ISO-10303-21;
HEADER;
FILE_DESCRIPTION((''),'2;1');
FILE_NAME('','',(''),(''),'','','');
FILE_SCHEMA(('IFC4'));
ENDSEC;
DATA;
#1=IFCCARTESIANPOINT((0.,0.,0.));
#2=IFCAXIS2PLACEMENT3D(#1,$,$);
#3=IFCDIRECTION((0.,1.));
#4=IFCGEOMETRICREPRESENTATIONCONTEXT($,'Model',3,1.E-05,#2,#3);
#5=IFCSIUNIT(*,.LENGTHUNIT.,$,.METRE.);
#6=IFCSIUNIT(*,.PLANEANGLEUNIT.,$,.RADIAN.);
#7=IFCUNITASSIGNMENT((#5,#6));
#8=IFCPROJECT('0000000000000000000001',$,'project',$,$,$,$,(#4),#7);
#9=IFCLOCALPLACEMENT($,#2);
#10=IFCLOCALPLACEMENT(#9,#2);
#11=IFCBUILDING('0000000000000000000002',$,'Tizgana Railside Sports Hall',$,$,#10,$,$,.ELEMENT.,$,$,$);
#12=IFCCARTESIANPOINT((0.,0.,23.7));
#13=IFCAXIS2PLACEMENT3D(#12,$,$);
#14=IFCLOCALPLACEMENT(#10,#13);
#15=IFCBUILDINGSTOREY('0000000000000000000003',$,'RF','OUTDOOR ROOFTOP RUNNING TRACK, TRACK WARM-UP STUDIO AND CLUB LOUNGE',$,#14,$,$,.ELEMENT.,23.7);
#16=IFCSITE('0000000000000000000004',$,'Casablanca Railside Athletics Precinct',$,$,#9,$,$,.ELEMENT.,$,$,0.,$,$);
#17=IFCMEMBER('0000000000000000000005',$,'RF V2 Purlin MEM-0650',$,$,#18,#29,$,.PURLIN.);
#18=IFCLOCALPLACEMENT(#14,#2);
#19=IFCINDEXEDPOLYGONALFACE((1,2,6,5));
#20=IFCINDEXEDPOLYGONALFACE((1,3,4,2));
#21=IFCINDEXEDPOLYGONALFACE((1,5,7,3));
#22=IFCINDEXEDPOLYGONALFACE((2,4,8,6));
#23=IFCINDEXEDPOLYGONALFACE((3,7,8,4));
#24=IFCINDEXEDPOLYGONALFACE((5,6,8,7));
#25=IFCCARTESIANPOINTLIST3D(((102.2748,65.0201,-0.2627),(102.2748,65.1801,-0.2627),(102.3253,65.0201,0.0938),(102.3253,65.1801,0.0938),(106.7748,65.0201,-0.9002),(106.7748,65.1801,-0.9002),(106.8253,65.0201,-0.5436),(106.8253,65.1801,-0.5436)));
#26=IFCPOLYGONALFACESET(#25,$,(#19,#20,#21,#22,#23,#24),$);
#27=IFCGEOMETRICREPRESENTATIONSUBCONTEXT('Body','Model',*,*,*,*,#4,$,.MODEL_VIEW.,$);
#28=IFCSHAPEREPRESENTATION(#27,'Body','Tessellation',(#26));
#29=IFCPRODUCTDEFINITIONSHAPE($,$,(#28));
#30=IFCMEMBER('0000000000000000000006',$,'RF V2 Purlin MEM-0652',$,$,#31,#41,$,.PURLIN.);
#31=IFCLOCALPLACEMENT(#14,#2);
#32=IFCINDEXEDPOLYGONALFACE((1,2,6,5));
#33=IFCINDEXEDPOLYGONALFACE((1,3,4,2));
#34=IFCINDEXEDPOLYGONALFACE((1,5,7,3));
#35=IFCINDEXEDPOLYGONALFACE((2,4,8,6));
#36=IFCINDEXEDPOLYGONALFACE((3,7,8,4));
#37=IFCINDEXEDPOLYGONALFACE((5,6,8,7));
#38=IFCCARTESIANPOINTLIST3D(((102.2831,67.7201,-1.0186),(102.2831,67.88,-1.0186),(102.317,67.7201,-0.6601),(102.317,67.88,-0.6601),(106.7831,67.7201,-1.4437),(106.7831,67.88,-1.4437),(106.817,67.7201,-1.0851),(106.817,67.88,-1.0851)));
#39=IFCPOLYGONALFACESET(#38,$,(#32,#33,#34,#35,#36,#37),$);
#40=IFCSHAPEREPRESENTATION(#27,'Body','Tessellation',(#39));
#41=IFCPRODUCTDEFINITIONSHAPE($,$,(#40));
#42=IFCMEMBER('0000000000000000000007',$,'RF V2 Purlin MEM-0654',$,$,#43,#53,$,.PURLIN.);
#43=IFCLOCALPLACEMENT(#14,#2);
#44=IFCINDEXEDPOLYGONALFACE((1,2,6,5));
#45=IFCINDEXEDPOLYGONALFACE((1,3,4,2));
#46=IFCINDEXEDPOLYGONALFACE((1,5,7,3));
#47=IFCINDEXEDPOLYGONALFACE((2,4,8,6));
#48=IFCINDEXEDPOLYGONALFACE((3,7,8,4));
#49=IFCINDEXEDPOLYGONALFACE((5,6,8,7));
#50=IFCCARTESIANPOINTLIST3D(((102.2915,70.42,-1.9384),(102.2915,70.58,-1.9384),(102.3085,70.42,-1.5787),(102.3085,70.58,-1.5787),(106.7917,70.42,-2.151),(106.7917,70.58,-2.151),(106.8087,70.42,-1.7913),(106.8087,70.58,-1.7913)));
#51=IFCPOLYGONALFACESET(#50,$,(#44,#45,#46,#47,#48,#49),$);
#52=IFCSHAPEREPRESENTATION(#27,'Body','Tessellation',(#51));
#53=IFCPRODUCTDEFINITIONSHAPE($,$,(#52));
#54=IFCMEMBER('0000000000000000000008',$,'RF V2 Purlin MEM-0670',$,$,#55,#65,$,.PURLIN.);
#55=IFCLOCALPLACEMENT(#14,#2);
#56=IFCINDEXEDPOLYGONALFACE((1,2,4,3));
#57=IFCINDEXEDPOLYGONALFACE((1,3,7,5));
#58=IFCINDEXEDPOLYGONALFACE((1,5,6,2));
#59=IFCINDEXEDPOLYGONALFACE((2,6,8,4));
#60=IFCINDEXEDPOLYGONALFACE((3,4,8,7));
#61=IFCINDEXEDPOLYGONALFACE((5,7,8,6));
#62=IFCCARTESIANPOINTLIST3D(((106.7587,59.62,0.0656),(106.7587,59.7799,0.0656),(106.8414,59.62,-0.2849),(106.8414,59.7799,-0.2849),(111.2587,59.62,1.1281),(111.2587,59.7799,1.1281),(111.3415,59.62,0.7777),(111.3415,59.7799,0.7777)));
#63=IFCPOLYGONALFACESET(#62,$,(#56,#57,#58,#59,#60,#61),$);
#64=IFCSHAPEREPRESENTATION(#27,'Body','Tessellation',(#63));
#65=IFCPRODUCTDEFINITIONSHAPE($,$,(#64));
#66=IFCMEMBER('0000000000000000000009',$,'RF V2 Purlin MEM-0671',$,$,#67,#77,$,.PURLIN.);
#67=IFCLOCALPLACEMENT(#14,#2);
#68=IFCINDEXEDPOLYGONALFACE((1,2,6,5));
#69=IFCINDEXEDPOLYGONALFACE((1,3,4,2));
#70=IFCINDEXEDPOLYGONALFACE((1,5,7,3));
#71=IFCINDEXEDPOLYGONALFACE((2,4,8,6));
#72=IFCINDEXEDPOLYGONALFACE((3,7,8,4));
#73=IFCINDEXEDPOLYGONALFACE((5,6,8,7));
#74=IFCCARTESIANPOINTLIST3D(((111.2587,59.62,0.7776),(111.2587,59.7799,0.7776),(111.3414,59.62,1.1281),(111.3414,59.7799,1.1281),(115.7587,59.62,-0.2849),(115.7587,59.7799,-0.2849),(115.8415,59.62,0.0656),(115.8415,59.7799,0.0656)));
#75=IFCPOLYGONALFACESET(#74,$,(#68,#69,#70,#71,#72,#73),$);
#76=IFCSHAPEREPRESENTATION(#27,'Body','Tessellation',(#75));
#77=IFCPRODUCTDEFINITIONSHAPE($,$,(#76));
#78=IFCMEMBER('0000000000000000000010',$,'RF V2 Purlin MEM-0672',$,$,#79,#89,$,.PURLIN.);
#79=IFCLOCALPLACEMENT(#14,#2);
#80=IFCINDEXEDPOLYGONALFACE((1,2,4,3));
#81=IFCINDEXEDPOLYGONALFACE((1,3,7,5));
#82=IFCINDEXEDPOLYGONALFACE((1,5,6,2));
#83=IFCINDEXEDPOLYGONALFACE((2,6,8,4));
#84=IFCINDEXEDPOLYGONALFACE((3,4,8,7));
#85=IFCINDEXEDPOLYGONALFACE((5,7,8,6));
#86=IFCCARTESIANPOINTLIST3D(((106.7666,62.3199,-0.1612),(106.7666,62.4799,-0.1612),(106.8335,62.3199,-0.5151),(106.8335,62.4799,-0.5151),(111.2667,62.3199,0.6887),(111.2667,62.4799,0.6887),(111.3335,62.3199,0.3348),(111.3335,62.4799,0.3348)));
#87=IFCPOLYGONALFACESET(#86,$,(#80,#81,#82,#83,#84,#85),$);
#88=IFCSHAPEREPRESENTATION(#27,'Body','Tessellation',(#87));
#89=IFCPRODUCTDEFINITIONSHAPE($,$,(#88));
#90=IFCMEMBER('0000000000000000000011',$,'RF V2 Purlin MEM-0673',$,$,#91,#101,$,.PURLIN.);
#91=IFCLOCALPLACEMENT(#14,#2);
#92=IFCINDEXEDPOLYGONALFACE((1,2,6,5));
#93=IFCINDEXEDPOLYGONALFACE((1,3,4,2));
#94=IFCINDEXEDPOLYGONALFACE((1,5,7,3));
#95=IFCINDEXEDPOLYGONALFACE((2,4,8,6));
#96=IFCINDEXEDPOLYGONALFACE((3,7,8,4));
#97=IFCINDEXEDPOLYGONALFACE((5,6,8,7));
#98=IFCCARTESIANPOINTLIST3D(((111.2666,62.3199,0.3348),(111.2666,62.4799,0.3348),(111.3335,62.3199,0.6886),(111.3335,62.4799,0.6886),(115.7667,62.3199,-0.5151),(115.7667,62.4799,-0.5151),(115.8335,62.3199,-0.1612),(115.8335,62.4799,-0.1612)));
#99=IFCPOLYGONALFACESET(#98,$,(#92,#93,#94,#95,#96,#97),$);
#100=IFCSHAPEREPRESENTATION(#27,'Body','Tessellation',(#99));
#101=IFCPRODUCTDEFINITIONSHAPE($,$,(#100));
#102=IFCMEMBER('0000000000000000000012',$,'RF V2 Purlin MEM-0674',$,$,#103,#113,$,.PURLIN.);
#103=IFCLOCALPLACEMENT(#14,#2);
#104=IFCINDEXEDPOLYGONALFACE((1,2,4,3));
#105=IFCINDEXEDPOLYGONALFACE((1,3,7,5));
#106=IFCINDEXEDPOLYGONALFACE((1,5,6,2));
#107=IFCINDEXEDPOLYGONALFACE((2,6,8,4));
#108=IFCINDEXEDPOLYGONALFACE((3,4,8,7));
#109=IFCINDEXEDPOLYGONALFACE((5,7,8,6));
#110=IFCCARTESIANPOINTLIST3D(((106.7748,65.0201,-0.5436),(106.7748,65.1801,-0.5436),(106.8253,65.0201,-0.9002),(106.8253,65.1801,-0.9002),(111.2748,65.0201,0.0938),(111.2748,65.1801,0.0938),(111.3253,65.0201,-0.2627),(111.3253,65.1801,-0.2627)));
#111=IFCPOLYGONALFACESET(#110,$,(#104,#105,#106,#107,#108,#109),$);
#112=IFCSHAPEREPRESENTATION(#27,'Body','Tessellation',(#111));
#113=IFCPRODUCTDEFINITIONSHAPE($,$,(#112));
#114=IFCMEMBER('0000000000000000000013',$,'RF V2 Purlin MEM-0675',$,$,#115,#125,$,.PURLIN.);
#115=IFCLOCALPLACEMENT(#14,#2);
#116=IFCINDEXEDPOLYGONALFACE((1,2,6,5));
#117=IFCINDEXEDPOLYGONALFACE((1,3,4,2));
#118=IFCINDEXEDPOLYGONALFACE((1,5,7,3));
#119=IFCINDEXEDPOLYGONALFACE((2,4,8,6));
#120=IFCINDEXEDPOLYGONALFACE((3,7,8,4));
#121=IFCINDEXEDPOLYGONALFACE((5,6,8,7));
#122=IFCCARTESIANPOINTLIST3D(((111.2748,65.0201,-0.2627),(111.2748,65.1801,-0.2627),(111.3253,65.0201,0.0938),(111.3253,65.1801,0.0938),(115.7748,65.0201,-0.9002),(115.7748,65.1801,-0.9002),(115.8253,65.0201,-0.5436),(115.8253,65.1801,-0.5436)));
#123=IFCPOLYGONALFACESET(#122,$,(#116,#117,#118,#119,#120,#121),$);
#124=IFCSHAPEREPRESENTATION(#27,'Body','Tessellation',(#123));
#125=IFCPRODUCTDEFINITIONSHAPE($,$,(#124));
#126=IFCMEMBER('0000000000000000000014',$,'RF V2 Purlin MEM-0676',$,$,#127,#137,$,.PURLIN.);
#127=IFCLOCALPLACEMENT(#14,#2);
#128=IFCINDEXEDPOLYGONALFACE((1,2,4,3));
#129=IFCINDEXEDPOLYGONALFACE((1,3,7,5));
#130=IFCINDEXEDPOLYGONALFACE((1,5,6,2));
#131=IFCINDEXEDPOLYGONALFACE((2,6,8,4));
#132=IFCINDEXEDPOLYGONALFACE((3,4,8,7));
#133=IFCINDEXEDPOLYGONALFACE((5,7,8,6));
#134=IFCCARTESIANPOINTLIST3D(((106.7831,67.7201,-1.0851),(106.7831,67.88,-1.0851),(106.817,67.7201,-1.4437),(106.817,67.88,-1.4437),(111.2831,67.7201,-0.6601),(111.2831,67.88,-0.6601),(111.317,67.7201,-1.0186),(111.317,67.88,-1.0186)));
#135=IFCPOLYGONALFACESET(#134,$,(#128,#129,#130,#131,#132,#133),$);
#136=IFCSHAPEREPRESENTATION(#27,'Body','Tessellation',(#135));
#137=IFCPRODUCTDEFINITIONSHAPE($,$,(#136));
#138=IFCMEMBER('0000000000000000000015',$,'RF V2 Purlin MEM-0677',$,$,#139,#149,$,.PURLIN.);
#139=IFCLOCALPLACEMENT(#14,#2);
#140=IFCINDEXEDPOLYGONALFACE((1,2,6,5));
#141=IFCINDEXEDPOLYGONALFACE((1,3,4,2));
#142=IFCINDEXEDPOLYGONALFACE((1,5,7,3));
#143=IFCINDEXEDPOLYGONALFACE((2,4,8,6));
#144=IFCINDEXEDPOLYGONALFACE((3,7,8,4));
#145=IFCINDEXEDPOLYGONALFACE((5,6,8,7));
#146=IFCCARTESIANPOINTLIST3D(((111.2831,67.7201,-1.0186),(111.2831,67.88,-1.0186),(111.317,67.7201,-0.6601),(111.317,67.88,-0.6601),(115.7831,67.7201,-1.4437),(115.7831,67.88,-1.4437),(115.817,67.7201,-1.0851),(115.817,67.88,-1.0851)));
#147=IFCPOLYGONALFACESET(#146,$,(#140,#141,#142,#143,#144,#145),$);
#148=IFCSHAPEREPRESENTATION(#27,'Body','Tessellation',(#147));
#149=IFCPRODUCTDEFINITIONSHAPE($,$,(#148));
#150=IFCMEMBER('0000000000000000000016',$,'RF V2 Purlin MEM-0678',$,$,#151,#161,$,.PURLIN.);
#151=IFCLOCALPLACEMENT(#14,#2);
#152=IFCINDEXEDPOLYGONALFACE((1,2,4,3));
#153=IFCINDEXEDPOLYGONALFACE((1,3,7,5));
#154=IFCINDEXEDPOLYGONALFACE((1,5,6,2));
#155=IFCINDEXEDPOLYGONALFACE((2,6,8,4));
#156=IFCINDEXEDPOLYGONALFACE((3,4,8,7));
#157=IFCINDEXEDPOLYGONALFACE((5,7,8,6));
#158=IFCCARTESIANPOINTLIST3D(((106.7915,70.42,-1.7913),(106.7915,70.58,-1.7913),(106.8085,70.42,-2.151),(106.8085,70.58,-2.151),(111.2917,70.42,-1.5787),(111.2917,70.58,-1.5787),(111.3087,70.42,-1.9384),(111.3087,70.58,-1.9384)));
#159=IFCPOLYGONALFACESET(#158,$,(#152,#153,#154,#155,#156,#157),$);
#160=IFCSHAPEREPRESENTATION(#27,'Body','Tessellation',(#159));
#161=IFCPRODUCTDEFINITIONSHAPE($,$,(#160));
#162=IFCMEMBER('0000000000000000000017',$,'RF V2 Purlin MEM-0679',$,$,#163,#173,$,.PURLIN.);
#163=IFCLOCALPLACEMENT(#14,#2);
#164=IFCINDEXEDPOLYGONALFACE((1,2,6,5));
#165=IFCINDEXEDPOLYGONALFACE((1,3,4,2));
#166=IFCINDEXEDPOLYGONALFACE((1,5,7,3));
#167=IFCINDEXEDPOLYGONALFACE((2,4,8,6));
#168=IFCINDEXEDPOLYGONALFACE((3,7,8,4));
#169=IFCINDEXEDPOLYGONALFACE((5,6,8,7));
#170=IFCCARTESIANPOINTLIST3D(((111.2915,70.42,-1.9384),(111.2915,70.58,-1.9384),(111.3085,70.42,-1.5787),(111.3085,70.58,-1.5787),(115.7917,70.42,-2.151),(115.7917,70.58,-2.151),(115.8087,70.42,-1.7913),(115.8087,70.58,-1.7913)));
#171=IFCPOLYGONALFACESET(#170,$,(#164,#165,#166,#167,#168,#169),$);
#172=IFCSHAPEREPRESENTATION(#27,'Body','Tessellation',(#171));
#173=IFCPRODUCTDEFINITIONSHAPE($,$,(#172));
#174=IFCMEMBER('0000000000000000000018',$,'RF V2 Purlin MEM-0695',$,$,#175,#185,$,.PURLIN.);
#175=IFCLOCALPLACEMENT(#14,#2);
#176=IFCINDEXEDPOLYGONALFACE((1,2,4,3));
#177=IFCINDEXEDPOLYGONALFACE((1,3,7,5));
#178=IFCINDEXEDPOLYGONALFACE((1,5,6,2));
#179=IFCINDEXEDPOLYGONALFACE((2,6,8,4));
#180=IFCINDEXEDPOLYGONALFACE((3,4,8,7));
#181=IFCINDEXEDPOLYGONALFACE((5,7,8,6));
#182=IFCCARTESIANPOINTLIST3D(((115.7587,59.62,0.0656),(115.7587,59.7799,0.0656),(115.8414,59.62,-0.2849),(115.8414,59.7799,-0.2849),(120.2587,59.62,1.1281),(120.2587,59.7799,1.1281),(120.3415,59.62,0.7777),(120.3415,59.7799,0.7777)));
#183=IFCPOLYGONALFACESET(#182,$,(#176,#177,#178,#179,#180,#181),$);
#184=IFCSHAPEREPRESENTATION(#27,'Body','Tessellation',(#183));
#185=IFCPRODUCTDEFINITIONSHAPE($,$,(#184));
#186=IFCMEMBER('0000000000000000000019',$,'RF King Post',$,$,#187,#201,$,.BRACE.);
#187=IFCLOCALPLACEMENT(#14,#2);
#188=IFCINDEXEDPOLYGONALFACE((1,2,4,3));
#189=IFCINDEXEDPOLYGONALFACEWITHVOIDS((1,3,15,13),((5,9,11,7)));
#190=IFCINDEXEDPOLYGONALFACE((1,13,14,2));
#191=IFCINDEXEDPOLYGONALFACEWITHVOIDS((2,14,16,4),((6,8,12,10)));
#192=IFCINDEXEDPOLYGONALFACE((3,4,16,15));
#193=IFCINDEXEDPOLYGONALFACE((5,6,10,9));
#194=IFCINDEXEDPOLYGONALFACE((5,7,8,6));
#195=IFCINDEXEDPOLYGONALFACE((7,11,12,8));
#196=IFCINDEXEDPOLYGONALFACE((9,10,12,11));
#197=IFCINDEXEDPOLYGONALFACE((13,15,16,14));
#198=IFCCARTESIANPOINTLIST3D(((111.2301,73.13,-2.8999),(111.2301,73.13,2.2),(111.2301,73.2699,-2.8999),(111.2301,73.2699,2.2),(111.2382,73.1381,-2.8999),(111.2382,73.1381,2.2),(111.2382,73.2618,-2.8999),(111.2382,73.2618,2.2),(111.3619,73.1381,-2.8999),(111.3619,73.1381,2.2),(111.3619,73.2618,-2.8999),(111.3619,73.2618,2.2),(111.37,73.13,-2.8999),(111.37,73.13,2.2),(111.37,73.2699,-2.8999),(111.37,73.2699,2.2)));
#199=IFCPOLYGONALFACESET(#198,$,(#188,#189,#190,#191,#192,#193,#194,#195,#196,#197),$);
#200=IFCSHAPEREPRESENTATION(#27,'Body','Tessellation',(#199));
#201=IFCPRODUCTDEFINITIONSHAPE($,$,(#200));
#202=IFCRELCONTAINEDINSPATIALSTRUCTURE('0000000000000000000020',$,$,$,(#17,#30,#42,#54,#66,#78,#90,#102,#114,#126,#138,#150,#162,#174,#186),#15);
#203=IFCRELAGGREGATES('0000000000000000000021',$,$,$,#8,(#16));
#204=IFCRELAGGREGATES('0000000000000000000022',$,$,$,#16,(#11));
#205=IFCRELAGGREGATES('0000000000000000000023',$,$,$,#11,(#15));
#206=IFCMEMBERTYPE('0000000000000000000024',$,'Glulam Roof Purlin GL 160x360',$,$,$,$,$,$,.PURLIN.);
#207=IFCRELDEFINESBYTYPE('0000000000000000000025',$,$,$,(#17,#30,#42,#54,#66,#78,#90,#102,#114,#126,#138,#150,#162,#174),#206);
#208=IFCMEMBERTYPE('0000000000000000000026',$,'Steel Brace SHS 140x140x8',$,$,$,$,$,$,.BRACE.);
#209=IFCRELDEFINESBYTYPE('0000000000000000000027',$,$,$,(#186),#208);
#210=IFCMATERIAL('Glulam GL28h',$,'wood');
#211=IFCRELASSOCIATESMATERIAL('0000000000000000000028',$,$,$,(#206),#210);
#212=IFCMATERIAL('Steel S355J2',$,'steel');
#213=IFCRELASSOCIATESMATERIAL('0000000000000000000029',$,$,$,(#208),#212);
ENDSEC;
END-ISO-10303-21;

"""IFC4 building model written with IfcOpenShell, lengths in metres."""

from ifc_helpers import new_model, si_unit, direction, frame, origin, origin_2d, place, context, subcontext, project, spatial, rectangle, hollow_rectangle, extrude, material, material_profile, profile_set, type_object, element, save


model = new_model("IFC4")

# Units and contexts
model_context = context("Model", 3, precision=1e-05, world=origin(), true_north=direction((0.0, 1.0)))
body_context = subcontext(model_context, "Body", "Model", "MODEL_VIEW")
ifc_project = project(units=[si_unit("LENGTHUNIT", "METRE"), si_unit("PLANEANGLEUNIT", "RADIAN")], contexts=[model_context])

# Site, building, storey
site_placement = place(None, origin())
site = spatial("IfcSite", under=ifc_project, at=site_placement, Name="Casablanca Railside Athletics Precinct", CompositionType="ELEMENT", RefElevation=0.0)
building_placement = place(site_placement, origin())
building = spatial("IfcBuilding", under=site, at=building_placement, Name="Tizgana Railside Sports Hall", CompositionType="ELEMENT")
storey_placement = place(building_placement, frame((0.0, 0.0, 23.7)))
storey = spatial("IfcBuildingStorey", under=building, at=storey_placement, Name="RF", Description="OUTDOOR ROOFTOP RUNNING TRACK, TRACK WARM-UP STUDIO AND CLUB LOUNGE", CompositionType="ELEMENT", Elevation=23.7)

# Members
ifc_material_1 = material(Name="Glulam GL28h", Category="wood")
ifc_material_profile_1 = material_profile(ifc_material_1, rectangle(XDim=0.1599, YDim=0.3601, at=origin_2d()), Name="GL 160x360")
ifc_profile_set_1 = profile_set([ifc_material_profile_1], Name="Glulam GL28h")
member_type_1 = type_object("IfcMemberType", Name="Glulam Roof Purlin GL 160x360", PredefinedType="PURLIN", material=ifc_profile_set_1)
member_1_placement = place(storey_placement, frame((102.3, 65.1001, -0.0845), z_axis=(0.990115, 0.0, -0.140256), x_axis=(0.0, 1.0, 0.0)))
element("IfcMember", 1, at=member_1_placement, inside=storey, type_object=member_type_1, Name="RF V2 Purlin MEM-0650", PredefinedType="PURLIN", context=body_context, shape_type="SweptSolid", body=[
    extrude(rectangle(XDim=0.1599, YDim=0.3601, at=origin_2d()), origin(), (0.0, 0.0, 1.0), 4.5449),
])
member_2_placement = place(storey_placement, frame((102.3, 67.8, -0.8394), z_axis=(0.995569, 0.0, -0.094037), x_axis=(0.0, 1.0, 0.0)))
element("IfcMember", 2, at=member_2_placement, inside=storey, type_object=member_type_1, Name="RF V2 Purlin MEM-0652", PredefinedType="PURLIN", context=body_context, shape_type="SweptSolid", body=[
    extrude(rectangle(XDim=0.1599, YDim=0.3601, at=origin_2d()), origin(), (0.0, 0.0, 1.0), 4.52),
])
member_3_placement = place(storey_placement, frame((102.3, 70.5, -1.7585), z_axis=(0.998885, 0.0, -0.047202), x_axis=(0.0, 1.0, 0.0)))
element("IfcMember", 3, at=member_3_placement, inside=storey, type_object=member_type_1, Name="RF V2 Purlin MEM-0654", PredefinedType="PURLIN", context=body_context, shape_type="SweptSolid", body=[
    extrude(rectangle(XDim=0.1599, YDim=0.3601, at=origin_2d()), origin(), (0.0, 0.0, 1.0), 4.5051),
])
for number, where, z_axis, x_axis, name in (
    (4, (106.8, 59.7, -0.1096), (0.97324, 0.0, 0.229793), (0.0, 1.0, 0.0), "RF V2 Purlin MEM-0670"),
    (5, (111.3, 59.7, 0.9529), (0.97324, 0.0, -0.229793), (0.0, 1.0, 0.0), "RF V2 Purlin MEM-0671"),
):
    element("IfcMember", number, at=place(storey_placement, frame(where, z_axis=z_axis, x_axis=x_axis)), inside=storey, type_object=member_type_1, Name=name, PredefinedType="PURLIN", context=body_context, shape_type="SweptSolid", body=[
        extrude(rectangle(XDim=0.1599, YDim=0.3601, at=origin_2d()), origin(), (0.0, 0.0, 1.0), 4.6238),
    ])
for number, where, z_axis, x_axis, name in (
    (6, (106.8, 62.3999, -0.3381), (0.98263, 0.0, 0.185576), (0.0, 1.0, 0.0), "RF V2 Purlin MEM-0672"),
    (7, (111.3, 62.3999, 0.5117), (0.98263, 0.0, -0.185576), (0.0, 1.0, 0.0), "RF V2 Purlin MEM-0673"),
):
    element("IfcMember", number, at=place(storey_placement, frame(where, z_axis=z_axis, x_axis=x_axis)), inside=storey, type_object=member_type_1, Name=name, PredefinedType="PURLIN", context=body_context, shape_type="SweptSolid", body=[
        extrude(rectangle(XDim=0.1599, YDim=0.3601, at=origin_2d()), origin(), (0.0, 0.0, 1.0), 4.5796),
    ])
for number, where, z_axis, x_axis, name in (
    (8, (106.8, 65.1001, -0.7219), (0.990115, 0.0, 0.140256), (0.0, 1.0, 0.0), "RF V2 Purlin MEM-0674"),
    (9, (111.3, 65.1001, -0.0845), (0.990115, 0.0, -0.140256), (0.0, 1.0, 0.0), "RF V2 Purlin MEM-0675"),
):
    element("IfcMember", number, at=place(storey_placement, frame(where, z_axis=z_axis, x_axis=x_axis)), inside=storey, type_object=member_type_1, Name=name, PredefinedType="PURLIN", context=body_context, shape_type="SweptSolid", body=[
        extrude(rectangle(XDim=0.1599, YDim=0.3601, at=origin_2d()), origin(), (0.0, 0.0, 1.0), 4.5449),
    ])
for number, where, z_axis, x_axis, name in (
    (10, (106.8, 67.8, -1.2644), (0.995569, 0.0, 0.094037), (0.0, 1.0, 0.0), "RF V2 Purlin MEM-0676"),
    (11, (111.3, 67.8, -0.8394), (0.995569, 0.0, -0.094037), (0.0, 1.0, 0.0), "RF V2 Purlin MEM-0677"),
):
    element("IfcMember", number, at=place(storey_placement, frame(where, z_axis=z_axis, x_axis=x_axis)), inside=storey, type_object=member_type_1, Name=name, PredefinedType="PURLIN", context=body_context, shape_type="SweptSolid", body=[
        extrude(rectangle(XDim=0.1599, YDim=0.3601, at=origin_2d()), origin(), (0.0, 0.0, 1.0), 4.52),
    ])
for number, where, z_axis, x_axis, name in (
    (12, (106.8, 70.5, -1.9712), (0.998885, 0.0, 0.047202), (0.0, 1.0, 0.0), "RF V2 Purlin MEM-0678"),
    (13, (111.3, 70.5, -1.7585), (0.998885, 0.0, -0.047202), (0.0, 1.0, 0.0), "RF V2 Purlin MEM-0679"),
):
    element("IfcMember", number, at=place(storey_placement, frame(where, z_axis=z_axis, x_axis=x_axis)), inside=storey, type_object=member_type_1, Name=name, PredefinedType="PURLIN", context=body_context, shape_type="SweptSolid", body=[
        extrude(rectangle(XDim=0.1599, YDim=0.3601, at=origin_2d()), origin(), (0.0, 0.0, 1.0), 4.5051),
    ])
member_4_placement = place(storey_placement, frame((115.8, 59.7, -0.1096), z_axis=(0.97324, 0.0, 0.229793), x_axis=(0.0, 1.0, 0.0)))
element("IfcMember", 14, at=member_4_placement, inside=storey, type_object=member_type_1, Name="RF V2 Purlin MEM-0695", PredefinedType="PURLIN", context=body_context, shape_type="SweptSolid", body=[
    extrude(rectangle(XDim=0.1599, YDim=0.3601, at=origin_2d()), origin(), (0.0, 0.0, 1.0), 4.6238),
])
ifc_material_2 = material(Name="Steel S355J2", Category="steel")
ifc_material_profile_2 = material_profile(ifc_material_2, hollow_rectangle(XDim=0.1399, YDim=0.1399, WallThickness=0.0081, at=origin_2d()), Name="SHS 140x140x8")
ifc_profile_set_2 = profile_set([ifc_material_profile_2], Name="Steel S355J2")
member_type_2 = type_object("IfcMemberType", Name="Steel Brace SHS 140x140x8", PredefinedType="BRACE", material=ifc_profile_set_2)
member_5_placement = place(storey_placement, frame((111.3, 73.2, -2.8999), z_axis=(0.0, 0.0, 1.0), x_axis=(1.0, 0.0, 0.0)))
element("IfcMember", 15, at=member_5_placement, inside=storey, type_object=member_type_2, Name="RF King Post", PredefinedType="BRACE", context=body_context, shape_type="SweptSolid", body=[
    extrude(hollow_rectangle(XDim=0.1399, YDim=0.1399, WallThickness=0.0081, at=origin_2d()), origin(), (0.0, 0.0, 1.0), 5.0999),
])

save(model, "model.ifc")
